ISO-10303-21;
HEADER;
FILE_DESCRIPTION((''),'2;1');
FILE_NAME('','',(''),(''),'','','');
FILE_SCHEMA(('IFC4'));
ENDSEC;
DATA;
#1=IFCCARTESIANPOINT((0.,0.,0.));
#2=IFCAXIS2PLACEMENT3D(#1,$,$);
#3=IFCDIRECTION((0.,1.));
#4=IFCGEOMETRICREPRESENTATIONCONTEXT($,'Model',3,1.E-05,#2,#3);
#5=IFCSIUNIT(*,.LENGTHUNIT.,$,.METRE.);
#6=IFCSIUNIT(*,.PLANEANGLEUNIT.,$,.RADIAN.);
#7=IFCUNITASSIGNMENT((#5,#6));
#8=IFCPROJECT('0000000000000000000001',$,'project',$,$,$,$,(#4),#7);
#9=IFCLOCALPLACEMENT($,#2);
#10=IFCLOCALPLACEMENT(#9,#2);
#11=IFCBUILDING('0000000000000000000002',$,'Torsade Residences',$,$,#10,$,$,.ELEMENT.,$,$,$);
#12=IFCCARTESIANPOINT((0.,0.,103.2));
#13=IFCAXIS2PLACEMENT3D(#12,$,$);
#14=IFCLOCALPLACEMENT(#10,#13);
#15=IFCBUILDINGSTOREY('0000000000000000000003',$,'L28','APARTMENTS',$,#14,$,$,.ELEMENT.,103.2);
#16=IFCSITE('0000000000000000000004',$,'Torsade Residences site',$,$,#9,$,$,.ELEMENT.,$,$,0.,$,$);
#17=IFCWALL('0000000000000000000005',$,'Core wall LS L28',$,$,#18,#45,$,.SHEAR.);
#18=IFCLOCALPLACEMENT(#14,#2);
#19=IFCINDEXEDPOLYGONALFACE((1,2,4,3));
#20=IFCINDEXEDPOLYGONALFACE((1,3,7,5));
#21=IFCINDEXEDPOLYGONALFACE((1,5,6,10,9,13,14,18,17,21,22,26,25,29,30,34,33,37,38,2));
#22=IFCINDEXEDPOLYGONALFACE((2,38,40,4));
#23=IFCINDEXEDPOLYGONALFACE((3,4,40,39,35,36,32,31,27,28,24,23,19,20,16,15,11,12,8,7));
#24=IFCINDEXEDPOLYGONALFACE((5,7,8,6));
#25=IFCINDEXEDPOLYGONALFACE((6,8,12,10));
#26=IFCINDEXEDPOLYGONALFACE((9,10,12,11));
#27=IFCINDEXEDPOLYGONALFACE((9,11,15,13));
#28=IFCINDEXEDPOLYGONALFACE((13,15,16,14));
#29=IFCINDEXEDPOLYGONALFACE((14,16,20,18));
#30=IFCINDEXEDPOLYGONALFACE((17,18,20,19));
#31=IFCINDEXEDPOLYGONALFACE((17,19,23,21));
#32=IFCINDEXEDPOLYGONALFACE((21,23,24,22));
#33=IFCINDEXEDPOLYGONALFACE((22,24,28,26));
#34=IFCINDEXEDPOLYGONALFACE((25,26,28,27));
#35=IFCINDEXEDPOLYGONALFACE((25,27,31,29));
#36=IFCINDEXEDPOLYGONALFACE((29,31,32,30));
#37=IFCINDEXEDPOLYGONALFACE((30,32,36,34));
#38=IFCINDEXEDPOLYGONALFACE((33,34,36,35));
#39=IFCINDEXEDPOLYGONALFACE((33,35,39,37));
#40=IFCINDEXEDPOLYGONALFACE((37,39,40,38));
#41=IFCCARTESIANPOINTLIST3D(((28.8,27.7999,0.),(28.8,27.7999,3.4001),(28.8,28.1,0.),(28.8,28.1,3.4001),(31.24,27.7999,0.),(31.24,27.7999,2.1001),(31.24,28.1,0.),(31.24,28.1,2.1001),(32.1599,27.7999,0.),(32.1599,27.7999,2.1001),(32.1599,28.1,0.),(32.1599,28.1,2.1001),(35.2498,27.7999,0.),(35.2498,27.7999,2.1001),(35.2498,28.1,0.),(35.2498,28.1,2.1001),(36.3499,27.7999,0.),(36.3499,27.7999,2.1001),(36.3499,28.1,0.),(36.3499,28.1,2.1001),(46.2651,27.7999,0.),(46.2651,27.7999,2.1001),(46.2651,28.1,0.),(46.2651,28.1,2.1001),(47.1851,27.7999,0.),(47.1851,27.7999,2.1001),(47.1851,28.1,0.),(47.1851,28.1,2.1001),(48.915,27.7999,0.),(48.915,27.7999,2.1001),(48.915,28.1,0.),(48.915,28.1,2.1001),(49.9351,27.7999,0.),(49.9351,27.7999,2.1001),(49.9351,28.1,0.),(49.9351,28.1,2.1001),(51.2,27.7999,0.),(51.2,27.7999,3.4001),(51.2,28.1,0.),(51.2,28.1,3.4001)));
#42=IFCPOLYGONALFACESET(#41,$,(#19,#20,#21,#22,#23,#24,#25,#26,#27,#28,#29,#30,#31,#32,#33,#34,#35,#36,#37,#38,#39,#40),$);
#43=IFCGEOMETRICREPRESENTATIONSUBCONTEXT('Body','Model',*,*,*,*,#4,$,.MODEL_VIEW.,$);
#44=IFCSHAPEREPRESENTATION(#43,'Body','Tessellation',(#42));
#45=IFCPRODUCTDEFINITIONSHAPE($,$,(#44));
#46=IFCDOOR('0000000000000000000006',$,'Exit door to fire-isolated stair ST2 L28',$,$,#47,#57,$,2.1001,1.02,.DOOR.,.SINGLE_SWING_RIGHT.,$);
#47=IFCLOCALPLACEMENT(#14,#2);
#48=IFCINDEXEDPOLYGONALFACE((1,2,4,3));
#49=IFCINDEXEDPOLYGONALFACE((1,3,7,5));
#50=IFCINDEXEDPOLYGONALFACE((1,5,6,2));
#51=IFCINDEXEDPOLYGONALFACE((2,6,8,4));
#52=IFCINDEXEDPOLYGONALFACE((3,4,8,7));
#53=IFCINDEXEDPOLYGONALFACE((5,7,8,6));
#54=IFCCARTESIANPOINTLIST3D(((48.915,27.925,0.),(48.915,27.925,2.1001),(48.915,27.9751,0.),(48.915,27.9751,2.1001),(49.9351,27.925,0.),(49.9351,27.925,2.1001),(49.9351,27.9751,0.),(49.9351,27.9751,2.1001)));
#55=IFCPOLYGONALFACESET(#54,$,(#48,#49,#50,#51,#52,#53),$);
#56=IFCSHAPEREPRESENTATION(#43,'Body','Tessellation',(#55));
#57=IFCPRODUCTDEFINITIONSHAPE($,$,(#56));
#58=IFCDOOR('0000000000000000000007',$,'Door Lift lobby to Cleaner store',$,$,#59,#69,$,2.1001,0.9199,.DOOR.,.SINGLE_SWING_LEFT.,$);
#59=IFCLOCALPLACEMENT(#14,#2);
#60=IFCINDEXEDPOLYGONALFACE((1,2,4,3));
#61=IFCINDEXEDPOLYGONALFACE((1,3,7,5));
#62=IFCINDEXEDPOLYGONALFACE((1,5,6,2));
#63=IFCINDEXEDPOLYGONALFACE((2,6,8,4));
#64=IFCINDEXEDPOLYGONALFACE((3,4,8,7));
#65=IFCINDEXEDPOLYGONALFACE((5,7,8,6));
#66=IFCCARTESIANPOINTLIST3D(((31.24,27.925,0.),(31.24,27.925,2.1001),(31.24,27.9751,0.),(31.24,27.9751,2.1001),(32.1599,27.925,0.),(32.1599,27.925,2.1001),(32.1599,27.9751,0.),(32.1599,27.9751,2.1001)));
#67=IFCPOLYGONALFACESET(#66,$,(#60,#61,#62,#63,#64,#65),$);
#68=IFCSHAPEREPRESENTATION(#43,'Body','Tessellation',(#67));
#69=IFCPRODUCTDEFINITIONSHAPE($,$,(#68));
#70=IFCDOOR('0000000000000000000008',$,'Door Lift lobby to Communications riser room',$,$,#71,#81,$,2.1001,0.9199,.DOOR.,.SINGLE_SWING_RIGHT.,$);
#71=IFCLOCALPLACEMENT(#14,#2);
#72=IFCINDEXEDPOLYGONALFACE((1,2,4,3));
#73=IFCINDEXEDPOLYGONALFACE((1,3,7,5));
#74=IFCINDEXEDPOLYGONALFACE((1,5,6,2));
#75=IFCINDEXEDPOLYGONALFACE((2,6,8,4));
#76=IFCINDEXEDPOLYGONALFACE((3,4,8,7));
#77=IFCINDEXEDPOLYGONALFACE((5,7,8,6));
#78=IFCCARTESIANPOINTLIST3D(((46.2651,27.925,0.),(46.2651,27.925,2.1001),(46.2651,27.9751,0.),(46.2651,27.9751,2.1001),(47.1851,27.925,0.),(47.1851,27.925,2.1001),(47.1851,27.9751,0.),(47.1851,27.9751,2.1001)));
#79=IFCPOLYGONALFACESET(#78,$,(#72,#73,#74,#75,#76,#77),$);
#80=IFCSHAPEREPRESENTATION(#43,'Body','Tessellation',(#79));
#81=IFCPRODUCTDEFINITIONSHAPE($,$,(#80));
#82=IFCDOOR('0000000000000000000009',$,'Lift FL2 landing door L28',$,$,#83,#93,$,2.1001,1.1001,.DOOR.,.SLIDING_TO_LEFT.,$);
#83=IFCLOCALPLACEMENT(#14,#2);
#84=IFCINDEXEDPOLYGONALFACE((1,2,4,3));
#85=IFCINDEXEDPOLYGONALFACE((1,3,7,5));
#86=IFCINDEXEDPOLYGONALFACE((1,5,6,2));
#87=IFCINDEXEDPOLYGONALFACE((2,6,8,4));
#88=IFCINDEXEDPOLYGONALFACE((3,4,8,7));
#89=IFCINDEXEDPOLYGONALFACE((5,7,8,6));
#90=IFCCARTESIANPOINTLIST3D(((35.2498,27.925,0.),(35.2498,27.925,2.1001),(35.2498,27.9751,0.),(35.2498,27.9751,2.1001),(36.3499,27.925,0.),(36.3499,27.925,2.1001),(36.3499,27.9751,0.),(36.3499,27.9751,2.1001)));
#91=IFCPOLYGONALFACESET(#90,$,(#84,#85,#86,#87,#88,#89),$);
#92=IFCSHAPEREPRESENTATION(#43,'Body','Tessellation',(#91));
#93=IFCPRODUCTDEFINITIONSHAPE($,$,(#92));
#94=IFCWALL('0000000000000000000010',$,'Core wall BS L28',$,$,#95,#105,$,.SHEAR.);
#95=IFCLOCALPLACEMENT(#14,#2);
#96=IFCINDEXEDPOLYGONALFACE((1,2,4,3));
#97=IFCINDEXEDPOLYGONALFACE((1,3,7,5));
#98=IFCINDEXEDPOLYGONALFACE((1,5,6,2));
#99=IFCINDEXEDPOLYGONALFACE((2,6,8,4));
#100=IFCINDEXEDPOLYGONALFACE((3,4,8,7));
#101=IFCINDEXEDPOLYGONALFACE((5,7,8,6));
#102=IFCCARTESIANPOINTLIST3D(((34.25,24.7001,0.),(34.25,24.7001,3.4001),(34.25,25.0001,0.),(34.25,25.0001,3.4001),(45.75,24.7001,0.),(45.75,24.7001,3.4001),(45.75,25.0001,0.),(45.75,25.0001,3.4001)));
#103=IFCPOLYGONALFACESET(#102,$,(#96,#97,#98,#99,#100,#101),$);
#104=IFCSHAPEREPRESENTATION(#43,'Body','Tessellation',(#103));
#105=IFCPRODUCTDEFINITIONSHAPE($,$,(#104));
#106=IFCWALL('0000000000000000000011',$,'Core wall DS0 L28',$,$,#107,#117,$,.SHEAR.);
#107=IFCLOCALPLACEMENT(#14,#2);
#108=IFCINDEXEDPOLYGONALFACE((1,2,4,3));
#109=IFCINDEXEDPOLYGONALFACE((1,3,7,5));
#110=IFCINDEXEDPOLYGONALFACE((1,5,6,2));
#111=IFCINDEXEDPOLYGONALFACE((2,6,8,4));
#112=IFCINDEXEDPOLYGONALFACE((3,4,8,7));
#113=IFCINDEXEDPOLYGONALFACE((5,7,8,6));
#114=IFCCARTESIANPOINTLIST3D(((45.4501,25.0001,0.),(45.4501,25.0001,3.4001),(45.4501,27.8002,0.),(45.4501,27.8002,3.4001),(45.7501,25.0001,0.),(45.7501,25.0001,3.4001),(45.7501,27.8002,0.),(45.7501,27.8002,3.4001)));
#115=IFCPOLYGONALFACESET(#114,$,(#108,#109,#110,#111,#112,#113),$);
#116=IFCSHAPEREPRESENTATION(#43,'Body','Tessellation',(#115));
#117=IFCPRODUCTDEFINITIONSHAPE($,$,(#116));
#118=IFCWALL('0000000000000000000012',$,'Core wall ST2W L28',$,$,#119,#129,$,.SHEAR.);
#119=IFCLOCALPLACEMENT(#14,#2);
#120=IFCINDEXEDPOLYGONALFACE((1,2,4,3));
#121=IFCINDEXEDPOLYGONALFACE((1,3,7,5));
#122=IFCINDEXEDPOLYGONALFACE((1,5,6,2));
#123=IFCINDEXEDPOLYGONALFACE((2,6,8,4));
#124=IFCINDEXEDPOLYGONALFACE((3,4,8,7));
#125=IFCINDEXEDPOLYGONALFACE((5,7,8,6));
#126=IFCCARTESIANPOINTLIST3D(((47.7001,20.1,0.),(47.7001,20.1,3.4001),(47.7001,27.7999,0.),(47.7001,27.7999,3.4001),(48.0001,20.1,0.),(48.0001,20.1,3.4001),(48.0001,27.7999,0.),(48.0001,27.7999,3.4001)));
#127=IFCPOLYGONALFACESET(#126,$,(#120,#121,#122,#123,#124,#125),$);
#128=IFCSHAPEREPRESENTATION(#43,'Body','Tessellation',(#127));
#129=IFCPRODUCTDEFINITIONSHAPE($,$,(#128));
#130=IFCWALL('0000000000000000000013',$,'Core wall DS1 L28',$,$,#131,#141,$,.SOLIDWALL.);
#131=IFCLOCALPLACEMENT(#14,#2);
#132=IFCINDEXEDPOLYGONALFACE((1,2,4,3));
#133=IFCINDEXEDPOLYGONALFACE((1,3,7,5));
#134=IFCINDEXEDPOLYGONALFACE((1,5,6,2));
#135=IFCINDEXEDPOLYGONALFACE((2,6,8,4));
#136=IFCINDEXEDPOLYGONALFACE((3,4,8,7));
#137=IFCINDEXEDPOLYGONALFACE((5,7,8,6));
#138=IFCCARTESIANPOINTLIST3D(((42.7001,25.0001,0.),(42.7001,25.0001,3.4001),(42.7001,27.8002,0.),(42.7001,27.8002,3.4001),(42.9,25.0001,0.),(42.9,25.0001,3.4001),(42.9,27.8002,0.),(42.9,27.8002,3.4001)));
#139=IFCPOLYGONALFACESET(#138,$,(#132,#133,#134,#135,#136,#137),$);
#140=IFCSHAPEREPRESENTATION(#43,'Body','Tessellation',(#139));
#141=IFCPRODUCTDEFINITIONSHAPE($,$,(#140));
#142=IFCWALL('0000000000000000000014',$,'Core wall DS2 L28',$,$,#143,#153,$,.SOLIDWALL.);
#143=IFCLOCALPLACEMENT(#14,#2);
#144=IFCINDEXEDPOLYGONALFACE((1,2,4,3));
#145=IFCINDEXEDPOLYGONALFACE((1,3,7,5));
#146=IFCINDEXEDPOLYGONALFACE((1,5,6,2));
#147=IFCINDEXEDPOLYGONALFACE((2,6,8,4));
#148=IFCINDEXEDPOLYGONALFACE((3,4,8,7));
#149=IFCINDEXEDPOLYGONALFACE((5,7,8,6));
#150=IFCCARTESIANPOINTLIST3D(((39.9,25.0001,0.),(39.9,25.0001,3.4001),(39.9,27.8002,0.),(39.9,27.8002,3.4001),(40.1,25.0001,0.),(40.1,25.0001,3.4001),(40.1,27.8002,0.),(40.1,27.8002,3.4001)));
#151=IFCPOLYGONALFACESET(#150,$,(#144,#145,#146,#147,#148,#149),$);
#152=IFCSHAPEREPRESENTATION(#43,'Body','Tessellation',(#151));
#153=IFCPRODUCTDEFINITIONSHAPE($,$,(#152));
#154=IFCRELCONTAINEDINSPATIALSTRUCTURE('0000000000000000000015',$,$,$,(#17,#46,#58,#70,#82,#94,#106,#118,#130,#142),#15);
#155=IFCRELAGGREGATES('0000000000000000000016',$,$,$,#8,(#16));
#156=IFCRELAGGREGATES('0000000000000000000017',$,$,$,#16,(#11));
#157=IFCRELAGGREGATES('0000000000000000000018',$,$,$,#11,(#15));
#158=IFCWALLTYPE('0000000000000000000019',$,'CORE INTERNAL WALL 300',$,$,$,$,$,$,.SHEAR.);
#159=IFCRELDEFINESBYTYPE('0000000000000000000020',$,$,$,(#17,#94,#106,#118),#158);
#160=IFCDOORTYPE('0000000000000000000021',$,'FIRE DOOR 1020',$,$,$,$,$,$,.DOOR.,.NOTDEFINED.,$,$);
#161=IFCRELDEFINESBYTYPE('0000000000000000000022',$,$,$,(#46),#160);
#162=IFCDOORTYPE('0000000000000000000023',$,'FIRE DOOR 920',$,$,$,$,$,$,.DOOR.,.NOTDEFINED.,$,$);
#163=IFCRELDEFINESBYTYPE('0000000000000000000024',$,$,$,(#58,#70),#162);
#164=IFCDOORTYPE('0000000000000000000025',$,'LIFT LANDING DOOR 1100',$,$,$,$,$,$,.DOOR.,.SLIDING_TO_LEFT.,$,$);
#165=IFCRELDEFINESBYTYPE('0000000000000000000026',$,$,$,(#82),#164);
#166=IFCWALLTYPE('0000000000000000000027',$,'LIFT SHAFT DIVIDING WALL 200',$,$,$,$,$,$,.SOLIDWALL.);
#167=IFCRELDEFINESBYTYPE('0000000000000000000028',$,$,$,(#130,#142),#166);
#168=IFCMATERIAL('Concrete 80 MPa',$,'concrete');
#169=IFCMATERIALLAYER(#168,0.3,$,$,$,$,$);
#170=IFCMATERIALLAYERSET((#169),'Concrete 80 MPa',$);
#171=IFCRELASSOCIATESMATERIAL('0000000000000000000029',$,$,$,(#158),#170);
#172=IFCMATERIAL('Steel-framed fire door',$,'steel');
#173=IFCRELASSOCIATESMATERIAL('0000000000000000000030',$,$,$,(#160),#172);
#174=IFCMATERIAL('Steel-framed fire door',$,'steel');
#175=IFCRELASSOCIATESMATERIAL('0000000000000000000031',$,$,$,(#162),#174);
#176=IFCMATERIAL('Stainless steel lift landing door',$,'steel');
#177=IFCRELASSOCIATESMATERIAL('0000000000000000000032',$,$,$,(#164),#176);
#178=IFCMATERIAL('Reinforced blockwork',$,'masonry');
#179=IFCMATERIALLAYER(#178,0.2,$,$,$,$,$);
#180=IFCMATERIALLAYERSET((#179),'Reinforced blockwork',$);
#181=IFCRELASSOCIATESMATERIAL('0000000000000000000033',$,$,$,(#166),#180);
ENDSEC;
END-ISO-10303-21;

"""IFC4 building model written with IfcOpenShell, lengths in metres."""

from ifc_helpers import new_model, si_unit, direction, frame, frame_2d, origin, place, context, subcontext, project, spatial, rectangle, extrude, material, layer, layer_set, type_object, element, fill, save


model = new_model("IFC4")

# Units and contexts
model_context = context("Model", 3, precision=1e-05, world=origin(), true_north=direction((0.0, 1.0)))
body_context = subcontext(model_context, "Body", "Model", "MODEL_VIEW")
ifc_project = project(units=[si_unit("LENGTHUNIT", "METRE"), si_unit("PLANEANGLEUNIT", "RADIAN")], contexts=[model_context])

# Site, building, storey
site_placement = place(None, origin())
site = spatial("IfcSite", under=ifc_project, at=site_placement, Name="Torsade Residences site", CompositionType="ELEMENT", RefElevation=0.0)
building_placement = place(site_placement, origin())
building = spatial("IfcBuilding", under=site, at=building_placement, Name="Torsade Residences", CompositionType="ELEMENT")
storey_placement = place(building_placement, frame((0.0, 0.0, 103.2)))
storey = spatial("IfcBuildingStorey", under=building, at=storey_placement, Name="L28", Description="APARTMENTS", CompositionType="ELEMENT", Elevation=103.2)

# Wall, openings, doors
ifc_material_1 = material(Name="Concrete 80 MPa", Category="concrete")
ifc_layer_1 = layer(ifc_material_1, 0.3)
ifc_layer_set_1 = layer_set([ifc_layer_1], Name="Concrete 80 MPa")
wall_type_1 = type_object("IfcWallType", Name="CORE INTERNAL WALL 300", PredefinedType="SHEAR", material=ifc_layer_set_1)
wall_1_placement = place(storey_placement, frame((51.2, 27.95, 0.0), z_axis=(0.0, 0.0, 1.0), x_axis=(-1.0, 0.0, 0.0)))
wall_1 = element("IfcWall", 1, at=wall_1_placement, inside=storey, type_object=wall_type_1, Name="Core wall LS L28", PredefinedType="SHEAR", context=body_context, shape_type="SweptSolid", body=[
    extrude(rectangle(XDim=22.3999, YDim=0.3, at=frame_2d((11.2, 0.0))), origin(), (0.0, 0.0, 1.0), 3.4001),
])
opening_1_placement = place(wall_1_placement, frame((19.04, 0.0, 0.0)))
opening_1 = element("IfcOpeningElement", 2, at=opening_1_placement, cuts=wall_1, PredefinedType="OPENING", context=body_context, shape_type="SweptSolid", body=[
    extrude(rectangle(XDim=0.9199, YDim=2.1001, at=frame_2d((0.46, 1.05))), frame((0.0, 0.1599, 0.0), z_axis=(0.0, -1.0, 0.0), x_axis=(1.0, 0.0, 0.0)), (0.0, 0.0, 1.0), 0.3201),
])
opening_2_placement = place(wall_1_placement, frame((1.2649, 0.0, 0.0)))
opening_2 = element("IfcOpeningElement", 3, at=opening_2_placement, cuts=wall_1, PredefinedType="OPENING", context=body_context, shape_type="SweptSolid", body=[
    extrude(rectangle(XDim=1.02, YDim=2.1001, at=frame_2d((0.51, 1.05))), frame((0.0, 0.1599, 0.0), z_axis=(0.0, -1.0, 0.0), x_axis=(1.0, 0.0, 0.0)), (0.0, 0.0, 1.0), 0.3201),
])
opening_3_placement = place(wall_1_placement, frame((4.0149, 0.0, 0.0)))
opening_3 = element("IfcOpeningElement", 4, at=opening_3_placement, cuts=wall_1, PredefinedType="OPENING", context=body_context, shape_type="SweptSolid", body=[
    extrude(rectangle(XDim=0.9199, YDim=2.1001, at=frame_2d((0.46, 1.05))), frame((0.0, 0.1599, 0.0), z_axis=(0.0, -1.0, 0.0), x_axis=(1.0, 0.0, 0.0)), (0.0, 0.0, 1.0), 0.3201),
])
opening_4_placement = place(wall_1_placement, frame((14.8501, 0.0, 0.0)))
opening_4 = element("IfcOpeningElement", 5, at=opening_4_placement, cuts=wall_1, PredefinedType="OPENING", context=body_context, shape_type="SweptSolid", body=[
    extrude(rectangle(XDim=1.1001, YDim=2.1001, at=frame_2d((0.55, 1.05))), frame((0.0, 0.1599, 0.0), z_axis=(0.0, -1.0, 0.0), x_axis=(1.0, 0.0, 0.0)), (0.0, 0.0, 1.0), 0.3201),
])
ifc_material_2 = material(Name="Steel-framed fire door", Category="steel")
door_type_1 = type_object("IfcDoorType", Name="FIRE DOOR 1020", OperationType="NOTDEFINED", PredefinedType="DOOR", material=ifc_material_2)
door_1_placement = place(opening_2_placement, origin())
door_1 = element("IfcDoor", 6, at=door_1_placement, inside=storey, type_object=door_type_1, Name="Exit door to fire-isolated stair ST2 L28", OperationType="SINGLE_SWING_RIGHT", OverallHeight=2.1001, OverallWidth=1.02, PredefinedType="DOOR", context=body_context, shape_type="SweptSolid", body=[
    extrude(rectangle(XDim=1.02, YDim=2.1001, at=frame_2d((0.51, 1.05))), frame((0.0, 0.0249, 0.0), z_axis=(0.0, -1.0, 0.0), x_axis=(1.0, 0.0, 0.0)), (0.0, 0.0, 1.0), 0.05),
])
fill(opening_2, door_1)
ifc_material_3 = material(Name="Steel-framed fire door", Category="steel")
door_type_2 = type_object("IfcDoorType", Name="FIRE DOOR 920", OperationType="NOTDEFINED", PredefinedType="DOOR", material=ifc_material_3)
door_2_placement = place(opening_1_placement, origin())
door_2 = element("IfcDoor", 7, at=door_2_placement, inside=storey, type_object=door_type_2, Name="Door Lift lobby to Cleaner store", OperationType="SINGLE_SWING_LEFT", OverallHeight=2.1001, OverallWidth=0.9199, PredefinedType="DOOR", context=body_context, shape_type="SweptSolid", body=[
    extrude(rectangle(XDim=0.9199, YDim=2.1001, at=frame_2d((0.46, 1.05))), frame((0.0, 0.0249, 0.0), z_axis=(0.0, -1.0, 0.0), x_axis=(1.0, 0.0, 0.0)), (0.0, 0.0, 1.0), 0.05),
])
fill(opening_1, door_2)
door_3_placement = place(opening_3_placement, origin())
door_3 = element("IfcDoor", 8, at=door_3_placement, inside=storey, type_object=door_type_2, Name="Door Lift lobby to Communications riser room", OperationType="SINGLE_SWING_RIGHT", OverallHeight=2.1001, OverallWidth=0.9199, PredefinedType="DOOR", context=body_context, shape_type="SweptSolid", body=[
    extrude(rectangle(XDim=0.9199, YDim=2.1001, at=frame_2d((0.46, 1.05))), frame((0.0, 0.0249, 0.0), z_axis=(0.0, -1.0, 0.0), x_axis=(1.0, 0.0, 0.0)), (0.0, 0.0, 1.0), 0.05),
])
fill(opening_3, door_3)
ifc_material_4 = material(Name="Stainless steel lift landing door", Category="steel")
door_type_3 = type_object("IfcDoorType", Name="LIFT LANDING DOOR 1100", OperationType="SLIDING_TO_LEFT", PredefinedType="DOOR", material=ifc_material_4)
door_4_placement = place(opening_4_placement, origin())
door_4 = element("IfcDoor", 9, at=door_4_placement, inside=storey, type_object=door_type_3, Name="Lift FL2 landing door L28", OperationType="SLIDING_TO_LEFT", OverallHeight=2.1001, OverallWidth=1.1001, PredefinedType="DOOR", context=body_context, shape_type="SweptSolid", body=[
    extrude(rectangle(XDim=1.1001, YDim=2.1001, at=frame_2d((0.55, 1.05))), frame((0.0, 0.0249, 0.0), z_axis=(0.0, -1.0, 0.0), x_axis=(1.0, 0.0, 0.0)), (0.0, 0.0, 1.0), 0.05),
])
fill(opening_4, door_4)

# Walls
wall_2_placement = place(storey_placement, frame((45.75, 24.8501, 0.0), z_axis=(0.0, 0.0, 1.0), x_axis=(-1.0, 0.0, 0.0)))
element("IfcWall", 10, at=wall_2_placement, inside=storey, type_object=wall_type_1, Name="Core wall BS L28", PredefinedType="SHEAR", context=body_context, shape_type="SweptSolid", body=[
    extrude(rectangle(XDim=11.5, YDim=0.3, at=frame_2d((5.75, 0.0))), origin(), (0.0, 0.0, 1.0), 3.4001),
])
wall_3_placement = place(storey_placement, frame((45.6001, 27.8, 0.0), z_axis=(0.0, 0.0, 1.0), x_axis=(0.0, -1.0, 0.0)))
element("IfcWall", 11, at=wall_3_placement, inside=storey, type_object=wall_type_1, Name="Core wall DS0 L28", PredefinedType="SHEAR", context=body_context, shape_type="SweptSolid", body=[
    extrude(rectangle(XDim=2.8, YDim=0.3, at=frame_2d((1.3999, 0.0))), origin(), (0.0, 0.0, 1.0), 3.4001),
])
wall_4_placement = place(storey_placement, frame((47.8501, 27.8, 0.0), z_axis=(0.0, 0.0, 1.0), x_axis=(0.0, -1.0, 0.0)))
element("IfcWall", 12, at=wall_4_placement, inside=storey, type_object=wall_type_1, Name="Core wall ST2W L28", PredefinedType="SHEAR", context=body_context, shape_type="SweptSolid", body=[
    extrude(rectangle(XDim=7.7, YDim=0.3, at=frame_2d((3.8501, 0.0))), origin(), (0.0, 0.0, 1.0), 3.4001),
])
ifc_material_5 = material(Name="Reinforced blockwork", Category="masonry")
ifc_layer_2 = layer(ifc_material_5, 0.2)
ifc_layer_set_2 = layer_set([ifc_layer_2], Name="Reinforced blockwork")
wall_type_2 = type_object("IfcWallType", Name="LIFT SHAFT DIVIDING WALL 200", PredefinedType="SOLIDWALL", material=ifc_layer_set_2)
for number, where, z_axis, x_axis, name in (
    (13, (42.8, 27.8, 0.0), (0.0, 0.0, 1.0), (0.0, -1.0, 0.0), "Core wall DS1 L28"),
    (14, (40.0, 27.8, 0.0), (0.0, 0.0, 1.0), (0.0, -1.0, 0.0), "Core wall DS2 L28"),
):
    element("IfcWall", number, at=place(storey_placement, frame(where, z_axis=z_axis, x_axis=x_axis)), inside=storey, type_object=wall_type_2, Name=name, PredefinedType="SOLIDWALL", context=body_context, shape_type="SweptSolid", body=[
        extrude(rectangle(XDim=2.8, YDim=0.2, at=frame_2d((1.3999, 0.0))), origin(), (0.0, 0.0, 1.0), 3.4001),
    ])

save(model, "model.ifc")
